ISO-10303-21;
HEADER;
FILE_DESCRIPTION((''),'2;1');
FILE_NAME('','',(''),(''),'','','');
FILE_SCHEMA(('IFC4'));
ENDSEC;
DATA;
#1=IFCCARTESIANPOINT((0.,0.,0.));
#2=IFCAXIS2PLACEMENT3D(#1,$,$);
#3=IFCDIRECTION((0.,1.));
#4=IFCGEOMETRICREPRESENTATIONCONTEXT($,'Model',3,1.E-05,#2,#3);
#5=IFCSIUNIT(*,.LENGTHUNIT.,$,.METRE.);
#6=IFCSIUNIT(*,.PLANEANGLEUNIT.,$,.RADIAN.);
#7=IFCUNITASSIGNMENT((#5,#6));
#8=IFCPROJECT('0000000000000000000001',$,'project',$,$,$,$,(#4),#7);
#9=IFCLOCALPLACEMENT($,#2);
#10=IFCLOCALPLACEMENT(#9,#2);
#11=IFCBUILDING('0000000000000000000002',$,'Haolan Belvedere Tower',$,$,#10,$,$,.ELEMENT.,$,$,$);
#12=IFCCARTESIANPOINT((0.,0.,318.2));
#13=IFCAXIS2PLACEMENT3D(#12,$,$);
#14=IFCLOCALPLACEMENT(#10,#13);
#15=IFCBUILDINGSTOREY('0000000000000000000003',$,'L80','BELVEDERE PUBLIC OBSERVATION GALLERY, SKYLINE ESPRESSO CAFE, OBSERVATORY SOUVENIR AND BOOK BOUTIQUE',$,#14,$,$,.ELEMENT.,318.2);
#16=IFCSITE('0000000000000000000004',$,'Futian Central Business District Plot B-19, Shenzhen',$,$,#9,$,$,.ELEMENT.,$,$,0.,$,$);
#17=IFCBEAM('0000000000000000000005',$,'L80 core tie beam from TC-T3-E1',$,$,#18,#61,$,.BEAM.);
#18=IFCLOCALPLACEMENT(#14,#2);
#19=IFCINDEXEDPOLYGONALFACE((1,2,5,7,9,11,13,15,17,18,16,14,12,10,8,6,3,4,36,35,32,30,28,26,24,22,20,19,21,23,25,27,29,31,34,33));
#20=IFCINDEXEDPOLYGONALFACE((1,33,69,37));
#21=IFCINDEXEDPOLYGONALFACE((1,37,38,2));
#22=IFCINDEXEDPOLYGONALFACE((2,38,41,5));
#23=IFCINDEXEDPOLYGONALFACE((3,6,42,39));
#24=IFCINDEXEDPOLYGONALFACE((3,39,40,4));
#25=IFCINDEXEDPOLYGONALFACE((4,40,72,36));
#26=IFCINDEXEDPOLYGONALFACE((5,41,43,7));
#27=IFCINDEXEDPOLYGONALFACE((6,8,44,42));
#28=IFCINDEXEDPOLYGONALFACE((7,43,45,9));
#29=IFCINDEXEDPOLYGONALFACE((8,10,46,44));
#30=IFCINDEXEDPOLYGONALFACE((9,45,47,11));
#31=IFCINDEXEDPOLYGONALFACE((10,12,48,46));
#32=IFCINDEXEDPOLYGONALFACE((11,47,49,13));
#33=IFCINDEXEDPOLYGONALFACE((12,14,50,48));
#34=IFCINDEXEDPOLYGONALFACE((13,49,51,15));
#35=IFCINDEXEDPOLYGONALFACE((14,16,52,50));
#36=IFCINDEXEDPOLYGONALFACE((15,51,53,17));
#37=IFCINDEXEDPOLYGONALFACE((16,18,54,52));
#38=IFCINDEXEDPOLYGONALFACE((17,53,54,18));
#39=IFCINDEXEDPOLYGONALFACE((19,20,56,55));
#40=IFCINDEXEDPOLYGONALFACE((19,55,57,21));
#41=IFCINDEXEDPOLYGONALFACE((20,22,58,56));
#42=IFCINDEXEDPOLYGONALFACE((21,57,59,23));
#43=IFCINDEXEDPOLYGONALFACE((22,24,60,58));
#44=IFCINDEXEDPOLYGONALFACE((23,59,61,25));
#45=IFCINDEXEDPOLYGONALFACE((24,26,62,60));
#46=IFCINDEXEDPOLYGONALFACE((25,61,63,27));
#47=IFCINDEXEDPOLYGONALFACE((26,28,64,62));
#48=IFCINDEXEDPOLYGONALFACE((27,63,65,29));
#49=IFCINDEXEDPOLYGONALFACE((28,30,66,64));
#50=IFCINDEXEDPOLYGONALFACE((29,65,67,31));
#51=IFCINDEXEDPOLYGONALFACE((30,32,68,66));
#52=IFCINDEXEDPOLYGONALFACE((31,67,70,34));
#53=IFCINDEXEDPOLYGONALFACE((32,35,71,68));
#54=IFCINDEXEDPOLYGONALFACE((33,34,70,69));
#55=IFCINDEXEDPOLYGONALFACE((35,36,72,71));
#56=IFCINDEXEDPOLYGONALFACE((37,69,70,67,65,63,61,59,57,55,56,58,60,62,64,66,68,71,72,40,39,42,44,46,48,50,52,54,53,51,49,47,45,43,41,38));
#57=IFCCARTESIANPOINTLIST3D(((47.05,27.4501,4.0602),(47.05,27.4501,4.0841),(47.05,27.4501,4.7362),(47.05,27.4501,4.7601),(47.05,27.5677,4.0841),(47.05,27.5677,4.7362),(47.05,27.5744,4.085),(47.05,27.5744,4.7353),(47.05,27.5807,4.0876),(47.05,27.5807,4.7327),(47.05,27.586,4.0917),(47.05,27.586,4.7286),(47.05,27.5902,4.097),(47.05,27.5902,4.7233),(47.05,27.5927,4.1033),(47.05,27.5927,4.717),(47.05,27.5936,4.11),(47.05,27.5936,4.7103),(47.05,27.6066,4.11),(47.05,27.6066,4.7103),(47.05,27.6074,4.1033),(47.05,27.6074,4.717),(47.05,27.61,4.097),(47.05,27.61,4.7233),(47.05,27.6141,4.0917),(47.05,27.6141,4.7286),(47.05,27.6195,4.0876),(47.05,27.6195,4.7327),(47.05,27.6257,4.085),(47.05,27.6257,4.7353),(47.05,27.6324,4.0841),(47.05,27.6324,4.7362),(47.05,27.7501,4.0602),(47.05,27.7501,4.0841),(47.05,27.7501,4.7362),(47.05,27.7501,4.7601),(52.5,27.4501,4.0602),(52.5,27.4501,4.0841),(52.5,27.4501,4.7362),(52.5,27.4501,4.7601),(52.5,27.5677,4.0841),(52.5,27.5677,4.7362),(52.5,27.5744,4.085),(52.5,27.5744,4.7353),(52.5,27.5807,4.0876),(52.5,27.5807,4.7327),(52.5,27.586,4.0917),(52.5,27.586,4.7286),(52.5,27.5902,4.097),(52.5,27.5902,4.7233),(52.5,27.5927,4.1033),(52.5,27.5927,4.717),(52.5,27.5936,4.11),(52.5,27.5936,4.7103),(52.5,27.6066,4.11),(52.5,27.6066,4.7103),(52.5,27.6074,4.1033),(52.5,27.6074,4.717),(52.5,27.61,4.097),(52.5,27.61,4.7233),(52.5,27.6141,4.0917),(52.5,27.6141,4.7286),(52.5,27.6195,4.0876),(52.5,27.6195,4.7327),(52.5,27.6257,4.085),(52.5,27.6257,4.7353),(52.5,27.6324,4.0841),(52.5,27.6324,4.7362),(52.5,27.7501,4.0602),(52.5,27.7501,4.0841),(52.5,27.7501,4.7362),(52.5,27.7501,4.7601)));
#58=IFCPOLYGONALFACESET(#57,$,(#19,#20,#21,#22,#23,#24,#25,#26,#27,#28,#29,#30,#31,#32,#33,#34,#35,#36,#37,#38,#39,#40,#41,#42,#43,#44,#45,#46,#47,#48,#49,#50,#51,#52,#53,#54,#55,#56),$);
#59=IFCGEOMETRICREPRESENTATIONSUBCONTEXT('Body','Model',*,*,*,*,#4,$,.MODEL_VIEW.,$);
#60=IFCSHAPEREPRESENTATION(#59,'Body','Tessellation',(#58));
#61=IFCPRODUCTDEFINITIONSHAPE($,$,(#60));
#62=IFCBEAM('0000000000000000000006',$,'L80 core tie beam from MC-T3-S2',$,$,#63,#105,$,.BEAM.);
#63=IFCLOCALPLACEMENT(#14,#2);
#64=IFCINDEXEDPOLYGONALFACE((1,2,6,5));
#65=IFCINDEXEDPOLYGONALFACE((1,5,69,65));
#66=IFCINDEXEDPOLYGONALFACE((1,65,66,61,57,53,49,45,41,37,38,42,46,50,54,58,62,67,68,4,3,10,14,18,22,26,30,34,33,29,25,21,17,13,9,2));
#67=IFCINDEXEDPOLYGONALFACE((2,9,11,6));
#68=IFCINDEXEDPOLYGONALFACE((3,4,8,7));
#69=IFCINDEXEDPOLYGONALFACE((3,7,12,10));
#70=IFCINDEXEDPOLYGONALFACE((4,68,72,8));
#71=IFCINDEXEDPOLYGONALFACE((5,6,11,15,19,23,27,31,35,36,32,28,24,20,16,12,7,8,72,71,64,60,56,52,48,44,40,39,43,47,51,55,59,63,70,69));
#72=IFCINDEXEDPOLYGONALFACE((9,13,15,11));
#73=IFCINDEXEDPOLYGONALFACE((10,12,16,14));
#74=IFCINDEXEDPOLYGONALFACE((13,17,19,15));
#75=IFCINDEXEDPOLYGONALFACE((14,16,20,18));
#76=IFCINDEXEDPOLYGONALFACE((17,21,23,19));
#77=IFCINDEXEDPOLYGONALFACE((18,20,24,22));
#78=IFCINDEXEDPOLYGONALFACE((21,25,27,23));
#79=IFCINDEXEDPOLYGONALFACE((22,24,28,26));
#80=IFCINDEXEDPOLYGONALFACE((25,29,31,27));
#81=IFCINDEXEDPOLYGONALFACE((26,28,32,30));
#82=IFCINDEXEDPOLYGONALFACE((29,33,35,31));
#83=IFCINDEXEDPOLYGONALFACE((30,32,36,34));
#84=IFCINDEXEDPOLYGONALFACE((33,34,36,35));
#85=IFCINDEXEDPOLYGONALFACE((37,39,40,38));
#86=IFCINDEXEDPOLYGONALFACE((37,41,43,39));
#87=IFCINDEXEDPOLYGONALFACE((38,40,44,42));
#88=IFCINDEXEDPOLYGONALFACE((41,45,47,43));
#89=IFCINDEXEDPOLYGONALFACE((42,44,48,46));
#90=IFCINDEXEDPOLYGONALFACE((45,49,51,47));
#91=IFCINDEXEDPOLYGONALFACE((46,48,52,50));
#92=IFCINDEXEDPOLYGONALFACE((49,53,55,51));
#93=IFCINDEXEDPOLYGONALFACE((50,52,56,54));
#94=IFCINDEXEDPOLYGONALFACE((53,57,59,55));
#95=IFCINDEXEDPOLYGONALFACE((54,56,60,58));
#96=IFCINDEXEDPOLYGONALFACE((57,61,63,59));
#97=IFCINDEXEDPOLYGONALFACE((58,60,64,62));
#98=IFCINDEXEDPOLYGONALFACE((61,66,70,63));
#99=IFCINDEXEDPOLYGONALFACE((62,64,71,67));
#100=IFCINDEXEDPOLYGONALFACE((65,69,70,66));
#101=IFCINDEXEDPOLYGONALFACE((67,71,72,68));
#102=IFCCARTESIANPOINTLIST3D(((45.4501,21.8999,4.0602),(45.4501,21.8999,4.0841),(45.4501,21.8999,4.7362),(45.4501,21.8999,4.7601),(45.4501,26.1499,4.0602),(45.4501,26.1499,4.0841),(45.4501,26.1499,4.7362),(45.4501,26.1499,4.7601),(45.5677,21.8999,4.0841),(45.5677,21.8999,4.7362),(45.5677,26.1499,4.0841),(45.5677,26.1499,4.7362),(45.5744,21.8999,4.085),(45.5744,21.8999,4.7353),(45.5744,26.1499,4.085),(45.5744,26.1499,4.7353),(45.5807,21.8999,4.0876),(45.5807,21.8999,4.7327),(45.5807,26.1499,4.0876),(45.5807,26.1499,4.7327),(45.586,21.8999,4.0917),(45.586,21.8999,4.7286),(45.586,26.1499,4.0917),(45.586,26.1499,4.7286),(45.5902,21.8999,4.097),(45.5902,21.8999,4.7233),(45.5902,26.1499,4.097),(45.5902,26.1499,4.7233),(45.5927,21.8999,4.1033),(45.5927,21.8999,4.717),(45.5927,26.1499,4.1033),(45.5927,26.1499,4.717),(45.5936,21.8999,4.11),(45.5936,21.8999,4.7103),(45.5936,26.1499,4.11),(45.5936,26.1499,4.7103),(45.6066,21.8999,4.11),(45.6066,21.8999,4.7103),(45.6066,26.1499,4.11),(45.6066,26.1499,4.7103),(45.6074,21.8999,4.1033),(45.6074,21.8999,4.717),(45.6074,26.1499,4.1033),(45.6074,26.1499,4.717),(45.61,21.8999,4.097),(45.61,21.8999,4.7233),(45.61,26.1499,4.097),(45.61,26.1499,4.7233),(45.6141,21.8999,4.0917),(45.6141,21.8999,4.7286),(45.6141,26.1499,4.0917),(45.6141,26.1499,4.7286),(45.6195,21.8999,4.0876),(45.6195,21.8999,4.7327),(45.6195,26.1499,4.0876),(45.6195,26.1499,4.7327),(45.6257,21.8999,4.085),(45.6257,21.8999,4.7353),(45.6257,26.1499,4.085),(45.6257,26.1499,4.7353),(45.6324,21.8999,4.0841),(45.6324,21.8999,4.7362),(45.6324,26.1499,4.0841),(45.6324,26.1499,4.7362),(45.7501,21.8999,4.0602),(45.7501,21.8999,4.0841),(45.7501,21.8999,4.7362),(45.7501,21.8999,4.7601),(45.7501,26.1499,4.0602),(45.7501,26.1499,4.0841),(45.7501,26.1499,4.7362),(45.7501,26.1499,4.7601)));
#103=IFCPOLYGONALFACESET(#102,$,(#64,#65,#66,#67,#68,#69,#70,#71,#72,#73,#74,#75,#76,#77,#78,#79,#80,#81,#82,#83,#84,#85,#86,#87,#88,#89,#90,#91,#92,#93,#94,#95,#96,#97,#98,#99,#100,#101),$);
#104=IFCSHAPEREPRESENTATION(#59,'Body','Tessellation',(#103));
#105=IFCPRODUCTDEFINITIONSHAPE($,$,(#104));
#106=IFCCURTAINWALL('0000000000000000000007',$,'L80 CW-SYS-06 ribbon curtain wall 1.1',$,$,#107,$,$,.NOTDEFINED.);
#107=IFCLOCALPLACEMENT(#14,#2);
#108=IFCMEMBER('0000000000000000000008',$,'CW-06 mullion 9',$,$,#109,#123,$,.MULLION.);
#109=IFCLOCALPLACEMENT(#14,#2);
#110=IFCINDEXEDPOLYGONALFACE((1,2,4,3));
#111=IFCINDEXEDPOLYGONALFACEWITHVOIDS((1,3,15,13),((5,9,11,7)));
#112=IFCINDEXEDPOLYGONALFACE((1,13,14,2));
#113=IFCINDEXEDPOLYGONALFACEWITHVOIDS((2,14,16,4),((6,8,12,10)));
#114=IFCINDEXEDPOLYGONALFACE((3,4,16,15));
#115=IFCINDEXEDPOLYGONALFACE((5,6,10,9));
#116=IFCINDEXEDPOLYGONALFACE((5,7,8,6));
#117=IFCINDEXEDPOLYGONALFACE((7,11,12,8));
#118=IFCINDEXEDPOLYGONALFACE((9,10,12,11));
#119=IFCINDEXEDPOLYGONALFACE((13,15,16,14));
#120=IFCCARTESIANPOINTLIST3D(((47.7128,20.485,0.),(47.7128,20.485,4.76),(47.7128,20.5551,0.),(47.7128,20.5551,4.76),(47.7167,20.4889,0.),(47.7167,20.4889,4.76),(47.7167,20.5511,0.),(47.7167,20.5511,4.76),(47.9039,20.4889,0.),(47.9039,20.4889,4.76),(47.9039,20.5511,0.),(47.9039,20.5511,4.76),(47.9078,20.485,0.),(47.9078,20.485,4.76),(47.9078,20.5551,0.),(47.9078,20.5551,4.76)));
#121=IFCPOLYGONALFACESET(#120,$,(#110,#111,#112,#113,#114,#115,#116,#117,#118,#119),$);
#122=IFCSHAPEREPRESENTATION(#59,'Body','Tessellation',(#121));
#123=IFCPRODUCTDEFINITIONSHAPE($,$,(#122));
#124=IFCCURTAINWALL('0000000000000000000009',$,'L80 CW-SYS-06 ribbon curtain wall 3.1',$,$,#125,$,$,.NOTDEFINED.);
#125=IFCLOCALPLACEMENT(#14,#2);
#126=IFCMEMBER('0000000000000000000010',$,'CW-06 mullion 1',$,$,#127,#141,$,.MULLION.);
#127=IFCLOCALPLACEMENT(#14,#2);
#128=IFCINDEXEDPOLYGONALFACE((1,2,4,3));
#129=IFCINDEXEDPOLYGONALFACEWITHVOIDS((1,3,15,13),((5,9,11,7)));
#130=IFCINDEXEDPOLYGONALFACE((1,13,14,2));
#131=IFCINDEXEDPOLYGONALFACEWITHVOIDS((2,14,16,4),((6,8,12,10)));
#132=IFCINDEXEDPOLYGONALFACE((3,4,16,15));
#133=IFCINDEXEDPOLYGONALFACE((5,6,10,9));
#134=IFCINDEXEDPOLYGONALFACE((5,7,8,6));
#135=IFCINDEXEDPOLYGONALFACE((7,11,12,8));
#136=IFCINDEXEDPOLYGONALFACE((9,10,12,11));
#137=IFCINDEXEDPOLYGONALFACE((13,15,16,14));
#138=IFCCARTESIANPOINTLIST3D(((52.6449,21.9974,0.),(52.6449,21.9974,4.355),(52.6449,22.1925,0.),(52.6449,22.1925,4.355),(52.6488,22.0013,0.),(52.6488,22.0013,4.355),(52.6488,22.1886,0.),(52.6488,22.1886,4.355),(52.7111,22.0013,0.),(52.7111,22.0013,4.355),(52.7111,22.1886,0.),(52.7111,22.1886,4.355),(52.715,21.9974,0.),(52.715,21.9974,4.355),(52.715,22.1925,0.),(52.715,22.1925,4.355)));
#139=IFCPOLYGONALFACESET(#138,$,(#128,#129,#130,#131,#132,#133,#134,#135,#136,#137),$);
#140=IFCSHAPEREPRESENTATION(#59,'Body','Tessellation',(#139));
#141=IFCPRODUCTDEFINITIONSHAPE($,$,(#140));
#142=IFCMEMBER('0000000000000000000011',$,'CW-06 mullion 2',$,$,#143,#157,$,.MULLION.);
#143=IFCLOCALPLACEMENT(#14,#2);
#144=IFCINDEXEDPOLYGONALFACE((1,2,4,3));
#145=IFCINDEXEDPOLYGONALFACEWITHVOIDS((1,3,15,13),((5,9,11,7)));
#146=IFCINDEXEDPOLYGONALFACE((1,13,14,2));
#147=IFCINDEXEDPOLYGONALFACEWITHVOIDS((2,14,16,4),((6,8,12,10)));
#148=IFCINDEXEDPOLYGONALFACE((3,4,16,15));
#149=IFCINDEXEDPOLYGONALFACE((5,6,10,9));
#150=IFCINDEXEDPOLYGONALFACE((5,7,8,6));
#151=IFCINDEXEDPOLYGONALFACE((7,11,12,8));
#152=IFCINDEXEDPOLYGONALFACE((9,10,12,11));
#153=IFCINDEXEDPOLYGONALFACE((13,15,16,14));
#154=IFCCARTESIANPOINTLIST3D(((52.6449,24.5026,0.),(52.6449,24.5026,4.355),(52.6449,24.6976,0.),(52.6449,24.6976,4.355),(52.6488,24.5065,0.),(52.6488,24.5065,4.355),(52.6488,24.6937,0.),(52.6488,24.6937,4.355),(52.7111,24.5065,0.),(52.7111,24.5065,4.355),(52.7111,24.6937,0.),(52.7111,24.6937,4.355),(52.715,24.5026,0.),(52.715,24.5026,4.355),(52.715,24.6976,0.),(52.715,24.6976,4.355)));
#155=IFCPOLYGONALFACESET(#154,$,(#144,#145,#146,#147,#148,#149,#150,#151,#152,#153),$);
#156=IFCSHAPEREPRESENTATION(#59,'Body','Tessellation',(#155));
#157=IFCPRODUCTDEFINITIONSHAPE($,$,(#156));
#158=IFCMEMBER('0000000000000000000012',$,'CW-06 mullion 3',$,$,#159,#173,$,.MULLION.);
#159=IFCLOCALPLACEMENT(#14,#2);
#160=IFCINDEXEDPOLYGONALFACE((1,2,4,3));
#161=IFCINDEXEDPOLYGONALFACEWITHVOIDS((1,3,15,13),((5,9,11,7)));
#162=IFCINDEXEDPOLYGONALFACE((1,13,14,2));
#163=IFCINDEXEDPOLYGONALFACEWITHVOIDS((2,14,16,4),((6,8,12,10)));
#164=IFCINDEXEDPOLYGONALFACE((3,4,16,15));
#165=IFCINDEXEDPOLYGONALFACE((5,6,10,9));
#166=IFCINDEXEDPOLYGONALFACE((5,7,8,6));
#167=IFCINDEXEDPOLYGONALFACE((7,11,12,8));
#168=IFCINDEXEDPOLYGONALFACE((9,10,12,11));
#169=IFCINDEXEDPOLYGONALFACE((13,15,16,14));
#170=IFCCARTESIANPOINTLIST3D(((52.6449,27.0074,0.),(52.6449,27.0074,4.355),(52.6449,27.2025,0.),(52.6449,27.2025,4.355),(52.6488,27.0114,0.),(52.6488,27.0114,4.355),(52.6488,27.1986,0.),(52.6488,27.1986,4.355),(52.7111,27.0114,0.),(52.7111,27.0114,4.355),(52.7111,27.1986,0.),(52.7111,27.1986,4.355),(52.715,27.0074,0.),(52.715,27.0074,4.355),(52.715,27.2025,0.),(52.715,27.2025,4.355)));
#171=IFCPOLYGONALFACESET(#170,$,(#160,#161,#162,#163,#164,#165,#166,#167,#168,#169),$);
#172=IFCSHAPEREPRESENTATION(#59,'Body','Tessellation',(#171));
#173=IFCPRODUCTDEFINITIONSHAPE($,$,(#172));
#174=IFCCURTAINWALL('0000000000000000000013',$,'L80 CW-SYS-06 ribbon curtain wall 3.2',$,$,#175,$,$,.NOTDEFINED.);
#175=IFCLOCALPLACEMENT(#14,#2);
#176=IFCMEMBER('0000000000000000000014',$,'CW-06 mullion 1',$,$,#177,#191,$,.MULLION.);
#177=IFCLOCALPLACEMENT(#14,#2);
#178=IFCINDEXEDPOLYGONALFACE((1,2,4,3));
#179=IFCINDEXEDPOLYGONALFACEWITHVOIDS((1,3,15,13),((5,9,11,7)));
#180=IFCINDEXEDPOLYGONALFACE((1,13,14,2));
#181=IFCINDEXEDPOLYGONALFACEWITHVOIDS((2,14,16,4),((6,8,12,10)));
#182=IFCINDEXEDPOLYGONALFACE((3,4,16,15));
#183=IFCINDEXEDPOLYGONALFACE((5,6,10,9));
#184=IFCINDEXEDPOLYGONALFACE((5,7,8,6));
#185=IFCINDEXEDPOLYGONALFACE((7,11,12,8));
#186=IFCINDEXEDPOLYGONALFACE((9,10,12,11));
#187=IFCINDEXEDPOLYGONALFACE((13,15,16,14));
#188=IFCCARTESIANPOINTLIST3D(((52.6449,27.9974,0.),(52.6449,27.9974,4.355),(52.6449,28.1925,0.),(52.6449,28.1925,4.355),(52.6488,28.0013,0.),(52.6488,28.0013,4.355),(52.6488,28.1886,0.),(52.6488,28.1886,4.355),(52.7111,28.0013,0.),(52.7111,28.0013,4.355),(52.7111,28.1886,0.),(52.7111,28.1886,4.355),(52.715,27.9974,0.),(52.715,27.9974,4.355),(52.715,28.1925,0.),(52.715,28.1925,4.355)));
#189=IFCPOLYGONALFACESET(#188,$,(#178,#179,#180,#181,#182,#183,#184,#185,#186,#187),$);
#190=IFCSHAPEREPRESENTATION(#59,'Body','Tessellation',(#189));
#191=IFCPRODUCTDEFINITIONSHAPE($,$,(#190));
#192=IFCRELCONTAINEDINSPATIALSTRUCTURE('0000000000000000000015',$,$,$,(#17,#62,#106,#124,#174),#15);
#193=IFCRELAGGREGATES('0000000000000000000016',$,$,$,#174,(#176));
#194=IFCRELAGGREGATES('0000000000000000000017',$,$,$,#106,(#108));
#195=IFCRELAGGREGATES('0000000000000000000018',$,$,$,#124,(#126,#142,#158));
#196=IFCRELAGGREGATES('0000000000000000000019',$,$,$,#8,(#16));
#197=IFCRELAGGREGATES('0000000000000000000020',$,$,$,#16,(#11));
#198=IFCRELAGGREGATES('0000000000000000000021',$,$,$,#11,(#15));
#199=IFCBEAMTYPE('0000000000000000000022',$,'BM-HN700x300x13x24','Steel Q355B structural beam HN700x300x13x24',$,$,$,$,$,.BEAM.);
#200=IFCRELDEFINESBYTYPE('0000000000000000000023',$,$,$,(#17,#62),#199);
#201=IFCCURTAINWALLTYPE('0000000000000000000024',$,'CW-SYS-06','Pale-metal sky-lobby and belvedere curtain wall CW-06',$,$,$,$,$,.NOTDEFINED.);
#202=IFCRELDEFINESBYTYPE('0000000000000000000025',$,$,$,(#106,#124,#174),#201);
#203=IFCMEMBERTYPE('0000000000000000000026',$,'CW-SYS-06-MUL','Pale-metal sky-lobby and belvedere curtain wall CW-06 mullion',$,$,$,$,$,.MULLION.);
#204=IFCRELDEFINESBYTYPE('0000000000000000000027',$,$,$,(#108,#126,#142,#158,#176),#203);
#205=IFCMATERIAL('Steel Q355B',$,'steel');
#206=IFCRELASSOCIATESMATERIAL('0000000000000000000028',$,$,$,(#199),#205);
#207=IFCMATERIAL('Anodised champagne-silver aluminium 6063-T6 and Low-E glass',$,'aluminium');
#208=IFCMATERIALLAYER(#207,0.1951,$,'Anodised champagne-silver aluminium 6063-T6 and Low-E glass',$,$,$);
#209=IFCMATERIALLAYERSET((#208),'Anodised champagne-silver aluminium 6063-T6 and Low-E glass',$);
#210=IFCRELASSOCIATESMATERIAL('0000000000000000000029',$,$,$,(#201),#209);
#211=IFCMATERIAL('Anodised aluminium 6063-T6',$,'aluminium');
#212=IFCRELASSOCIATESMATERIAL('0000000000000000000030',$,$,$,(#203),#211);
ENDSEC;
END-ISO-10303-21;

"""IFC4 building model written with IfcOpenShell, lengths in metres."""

from ifc_helpers import new_model, si_unit, direction, frame, origin, origin_2d, place, context, subcontext, project, spatial, hollow_rectangle, i_section, extrude, material, layer, layer_set, material_profile, profile_set, type_object, element, aggregate, save


model = new_model("IFC4")

# Units and contexts
model_context = context("Model", 3, precision=1e-05, world=origin(), true_north=direction((0.0, 1.0)))
body_context = subcontext(model_context, "Body", "Model", "MODEL_VIEW")
ifc_project = project(units=[si_unit("LENGTHUNIT", "METRE"), si_unit("PLANEANGLEUNIT", "RADIAN")], contexts=[model_context])

# Site, building, storey
site_placement = place(None, origin())
site = spatial("IfcSite", under=ifc_project, at=site_placement, Name="Futian Central Business District Plot B-19, Shenzhen", CompositionType="ELEMENT", RefElevation=0.0)
building_placement = place(site_placement, origin())
building = spatial("IfcBuilding", under=site, at=building_placement, Name="Haolan Belvedere Tower", CompositionType="ELEMENT")
storey_placement = place(building_placement, frame((0.0, 0.0, 318.2)))
storey = spatial("IfcBuildingStorey", under=building, at=storey_placement, Name="L80", Description="BELVEDERE PUBLIC OBSERVATION GALLERY, SKYLINE ESPRESSO CAFE, OBSERVATORY SOUVENIR AND BOOK BOUTIQUE", CompositionType="ELEMENT", Elevation=318.2)

# Beams
ifc_material_1 = material(Name="Steel Q355B", Category="steel")
ifc_material_profile_1 = material_profile(ifc_material_1, i_section(OverallWidth=0.3, OverallDepth=0.7, WebThickness=0.0129, FlangeThickness=0.0239, FilletRadius=0.0259, at=origin_2d()), Name="Steel Q355B")
ifc_profile_set_1 = profile_set([ifc_material_profile_1], Name="Steel Q355B")
beam_type_1 = type_object("IfcBeamType", Name="BM-HN700x300x13x24", Description="Steel Q355B structural beam HN700x300x13x24", PredefinedType="BEAM", material=ifc_profile_set_1)
beam_1_placement = place(storey_placement, frame((52.5, 27.6001, 4.4102), z_axis=(-1.0, 0.0, 0.0), x_axis=(0.0, -1.0, 0.0)))
element("IfcBeam", 1, at=beam_1_placement, inside=storey, type_object=beam_type_1, Name="L80 core tie beam from TC-T3-E1", PredefinedType="BEAM", context=body_context, shape_type="SweptSolid", body=[
    extrude(i_section(OverallWidth=0.3, OverallDepth=0.7, WebThickness=0.0129, FlangeThickness=0.0239, FilletRadius=0.0259, at=origin_2d()), origin(), (0.0, 0.0, 1.0), 5.45),
])
beam_2_placement = place(storey_placement, frame((45.6001, 21.8999, 4.4102), z_axis=(0.0, 1.0, 0.0), x_axis=(-1.0, 0.0, 0.0)))
element("IfcBeam", 2, at=beam_2_placement, inside=storey, type_object=beam_type_1, Name="L80 core tie beam from MC-T3-S2", PredefinedType="BEAM", context=body_context, shape_type="SweptSolid", body=[
    extrude(i_section(OverallWidth=0.3, OverallDepth=0.7, WebThickness=0.0129, FlangeThickness=0.0239, FilletRadius=0.0259, at=origin_2d()), origin(), (0.0, 0.0, 1.0), 4.25),
])

# Curtain wall, member
ifc_material_2 = material(Name="Anodised champagne-silver aluminium 6063-T6 and Low-E glass", Category="aluminium")
ifc_layer_1 = layer(ifc_material_2, 0.1951, Name="Anodised champagne-silver aluminium 6063-T6 and Low-E glass")
ifc_layer_set_1 = layer_set([ifc_layer_1], Name="Anodised champagne-silver aluminium 6063-T6 and Low-E glass")
curtain_wall_type = type_object("IfcCurtainWallType", Name="CW-SYS-06", Description="Pale-metal sky-lobby and belvedere curtain wall CW-06", PredefinedType="NOTDEFINED", material=ifc_layer_set_1)
curtain_wall_1_placement = place(storey_placement, origin())
curtain_wall_1 = element("IfcCurtainWall", 3, at=curtain_wall_1_placement, inside=storey, type_object=curtain_wall_type, Name="L80 CW-SYS-06 ribbon curtain wall 1.1", PredefinedType="NOTDEFINED")
ifc_material_3 = material(Name="Anodised aluminium 6063-T6", Category="aluminium")
ifc_material_profile_2 = material_profile(ifc_material_3, hollow_rectangle(XDim=0.0701, YDim=0.1951, WallThickness=0.0039, at=origin_2d()), Name="Anodised aluminium 6063-T6")
ifc_profile_set_2 = profile_set([ifc_material_profile_2], Name="Anodised aluminium 6063-T6")
member_type_1 = type_object("IfcMemberType", Name="CW-SYS-06-MUL", Description="Pale-metal sky-lobby and belvedere curtain wall CW-06 mullion", PredefinedType="MULLION", material=ifc_profile_set_2)
member_1_placement = place(storey_placement, frame((47.8103, 20.52, 0.0), z_axis=(0.0, 0.0, 1.0), x_axis=(0.0, 1.0, 0.0)))
member_1 = element("IfcMember", 4, at=member_1_placement, type_object=member_type_1, Name="CW-06 mullion 9", PredefinedType="MULLION", context=body_context, shape_type="SweptSolid", body=[
    extrude(hollow_rectangle(XDim=0.0701, YDim=0.1951, WallThickness=0.0039, at=origin_2d()), origin(), (0.0, 0.0, 1.0), 4.76),
])

# Curtain wall, members
curtain_wall_2_placement = place(storey_placement, origin())
curtain_wall_2 = element("IfcCurtainWall", 5, at=curtain_wall_2_placement, inside=storey, type_object=curtain_wall_type, Name="L80 CW-SYS-06 ribbon curtain wall 3.1", PredefinedType="NOTDEFINED")
member_2_placement = place(storey_placement, frame((52.6799, 22.095, 0.0), z_axis=(0.0, 0.0, 1.0), x_axis=(-1.0, 0.0, 0.0)))
member_2 = element("IfcMember", 6, at=member_2_placement, type_object=member_type_1, Name="CW-06 mullion 1", PredefinedType="MULLION", context=body_context, shape_type="SweptSolid", body=[
    extrude(hollow_rectangle(XDim=0.0701, YDim=0.1951, WallThickness=0.0039, at=origin_2d()), origin(), (0.0, 0.0, 1.0), 4.355),
])
member_3_placement = place(storey_placement, frame((52.6799, 24.6001, 0.0), z_axis=(0.0, 0.0, 1.0), x_axis=(-1.0, 0.0, 0.0)))
member_3 = element("IfcMember", 7, at=member_3_placement, type_object=member_type_1, Name="CW-06 mullion 2", PredefinedType="MULLION", context=body_context, shape_type="SweptSolid", body=[
    extrude(hollow_rectangle(XDim=0.0701, YDim=0.1951, WallThickness=0.0039, at=origin_2d()), origin(), (0.0, 0.0, 1.0), 4.355),
])
member_4_placement = place(storey_placement, frame((52.6799, 27.105, 0.0), z_axis=(0.0, 0.0, 1.0), x_axis=(-1.0, 0.0, 0.0)))
member_4 = element("IfcMember", 8, at=member_4_placement, type_object=member_type_1, Name="CW-06 mullion 3", PredefinedType="MULLION", context=body_context, shape_type="SweptSolid", body=[
    extrude(hollow_rectangle(XDim=0.0701, YDim=0.1951, WallThickness=0.0039, at=origin_2d()), origin(), (0.0, 0.0, 1.0), 4.355),
])

# Curtain wall, member
curtain_wall_3_placement = place(storey_placement, origin())
curtain_wall_3 = element("IfcCurtainWall", 9, at=curtain_wall_3_placement, inside=storey, type_object=curtain_wall_type, Name="L80 CW-SYS-06 ribbon curtain wall 3.2", PredefinedType="NOTDEFINED")
member_5_placement = place(storey_placement, frame((52.6799, 28.095, 0.0), z_axis=(0.0, 0.0, 1.0), x_axis=(-1.0, 0.0, 0.0)))
member_5 = element("IfcMember", 10, at=member_5_placement, type_object=member_type_1, Name="CW-06 mullion 1", PredefinedType="MULLION", context=body_context, shape_type="SweptSolid", body=[
    extrude(hollow_rectangle(XDim=0.0701, YDim=0.1951, WallThickness=0.0039, at=origin_2d()), origin(), (0.0, 0.0, 1.0), 4.355),
])

aggregate(curtain_wall_3, [member_5])

aggregate(curtain_wall_1, [member_1])
aggregate(curtain_wall_2, [member_2, member_3, member_4])

save(model, "model.ifc")
